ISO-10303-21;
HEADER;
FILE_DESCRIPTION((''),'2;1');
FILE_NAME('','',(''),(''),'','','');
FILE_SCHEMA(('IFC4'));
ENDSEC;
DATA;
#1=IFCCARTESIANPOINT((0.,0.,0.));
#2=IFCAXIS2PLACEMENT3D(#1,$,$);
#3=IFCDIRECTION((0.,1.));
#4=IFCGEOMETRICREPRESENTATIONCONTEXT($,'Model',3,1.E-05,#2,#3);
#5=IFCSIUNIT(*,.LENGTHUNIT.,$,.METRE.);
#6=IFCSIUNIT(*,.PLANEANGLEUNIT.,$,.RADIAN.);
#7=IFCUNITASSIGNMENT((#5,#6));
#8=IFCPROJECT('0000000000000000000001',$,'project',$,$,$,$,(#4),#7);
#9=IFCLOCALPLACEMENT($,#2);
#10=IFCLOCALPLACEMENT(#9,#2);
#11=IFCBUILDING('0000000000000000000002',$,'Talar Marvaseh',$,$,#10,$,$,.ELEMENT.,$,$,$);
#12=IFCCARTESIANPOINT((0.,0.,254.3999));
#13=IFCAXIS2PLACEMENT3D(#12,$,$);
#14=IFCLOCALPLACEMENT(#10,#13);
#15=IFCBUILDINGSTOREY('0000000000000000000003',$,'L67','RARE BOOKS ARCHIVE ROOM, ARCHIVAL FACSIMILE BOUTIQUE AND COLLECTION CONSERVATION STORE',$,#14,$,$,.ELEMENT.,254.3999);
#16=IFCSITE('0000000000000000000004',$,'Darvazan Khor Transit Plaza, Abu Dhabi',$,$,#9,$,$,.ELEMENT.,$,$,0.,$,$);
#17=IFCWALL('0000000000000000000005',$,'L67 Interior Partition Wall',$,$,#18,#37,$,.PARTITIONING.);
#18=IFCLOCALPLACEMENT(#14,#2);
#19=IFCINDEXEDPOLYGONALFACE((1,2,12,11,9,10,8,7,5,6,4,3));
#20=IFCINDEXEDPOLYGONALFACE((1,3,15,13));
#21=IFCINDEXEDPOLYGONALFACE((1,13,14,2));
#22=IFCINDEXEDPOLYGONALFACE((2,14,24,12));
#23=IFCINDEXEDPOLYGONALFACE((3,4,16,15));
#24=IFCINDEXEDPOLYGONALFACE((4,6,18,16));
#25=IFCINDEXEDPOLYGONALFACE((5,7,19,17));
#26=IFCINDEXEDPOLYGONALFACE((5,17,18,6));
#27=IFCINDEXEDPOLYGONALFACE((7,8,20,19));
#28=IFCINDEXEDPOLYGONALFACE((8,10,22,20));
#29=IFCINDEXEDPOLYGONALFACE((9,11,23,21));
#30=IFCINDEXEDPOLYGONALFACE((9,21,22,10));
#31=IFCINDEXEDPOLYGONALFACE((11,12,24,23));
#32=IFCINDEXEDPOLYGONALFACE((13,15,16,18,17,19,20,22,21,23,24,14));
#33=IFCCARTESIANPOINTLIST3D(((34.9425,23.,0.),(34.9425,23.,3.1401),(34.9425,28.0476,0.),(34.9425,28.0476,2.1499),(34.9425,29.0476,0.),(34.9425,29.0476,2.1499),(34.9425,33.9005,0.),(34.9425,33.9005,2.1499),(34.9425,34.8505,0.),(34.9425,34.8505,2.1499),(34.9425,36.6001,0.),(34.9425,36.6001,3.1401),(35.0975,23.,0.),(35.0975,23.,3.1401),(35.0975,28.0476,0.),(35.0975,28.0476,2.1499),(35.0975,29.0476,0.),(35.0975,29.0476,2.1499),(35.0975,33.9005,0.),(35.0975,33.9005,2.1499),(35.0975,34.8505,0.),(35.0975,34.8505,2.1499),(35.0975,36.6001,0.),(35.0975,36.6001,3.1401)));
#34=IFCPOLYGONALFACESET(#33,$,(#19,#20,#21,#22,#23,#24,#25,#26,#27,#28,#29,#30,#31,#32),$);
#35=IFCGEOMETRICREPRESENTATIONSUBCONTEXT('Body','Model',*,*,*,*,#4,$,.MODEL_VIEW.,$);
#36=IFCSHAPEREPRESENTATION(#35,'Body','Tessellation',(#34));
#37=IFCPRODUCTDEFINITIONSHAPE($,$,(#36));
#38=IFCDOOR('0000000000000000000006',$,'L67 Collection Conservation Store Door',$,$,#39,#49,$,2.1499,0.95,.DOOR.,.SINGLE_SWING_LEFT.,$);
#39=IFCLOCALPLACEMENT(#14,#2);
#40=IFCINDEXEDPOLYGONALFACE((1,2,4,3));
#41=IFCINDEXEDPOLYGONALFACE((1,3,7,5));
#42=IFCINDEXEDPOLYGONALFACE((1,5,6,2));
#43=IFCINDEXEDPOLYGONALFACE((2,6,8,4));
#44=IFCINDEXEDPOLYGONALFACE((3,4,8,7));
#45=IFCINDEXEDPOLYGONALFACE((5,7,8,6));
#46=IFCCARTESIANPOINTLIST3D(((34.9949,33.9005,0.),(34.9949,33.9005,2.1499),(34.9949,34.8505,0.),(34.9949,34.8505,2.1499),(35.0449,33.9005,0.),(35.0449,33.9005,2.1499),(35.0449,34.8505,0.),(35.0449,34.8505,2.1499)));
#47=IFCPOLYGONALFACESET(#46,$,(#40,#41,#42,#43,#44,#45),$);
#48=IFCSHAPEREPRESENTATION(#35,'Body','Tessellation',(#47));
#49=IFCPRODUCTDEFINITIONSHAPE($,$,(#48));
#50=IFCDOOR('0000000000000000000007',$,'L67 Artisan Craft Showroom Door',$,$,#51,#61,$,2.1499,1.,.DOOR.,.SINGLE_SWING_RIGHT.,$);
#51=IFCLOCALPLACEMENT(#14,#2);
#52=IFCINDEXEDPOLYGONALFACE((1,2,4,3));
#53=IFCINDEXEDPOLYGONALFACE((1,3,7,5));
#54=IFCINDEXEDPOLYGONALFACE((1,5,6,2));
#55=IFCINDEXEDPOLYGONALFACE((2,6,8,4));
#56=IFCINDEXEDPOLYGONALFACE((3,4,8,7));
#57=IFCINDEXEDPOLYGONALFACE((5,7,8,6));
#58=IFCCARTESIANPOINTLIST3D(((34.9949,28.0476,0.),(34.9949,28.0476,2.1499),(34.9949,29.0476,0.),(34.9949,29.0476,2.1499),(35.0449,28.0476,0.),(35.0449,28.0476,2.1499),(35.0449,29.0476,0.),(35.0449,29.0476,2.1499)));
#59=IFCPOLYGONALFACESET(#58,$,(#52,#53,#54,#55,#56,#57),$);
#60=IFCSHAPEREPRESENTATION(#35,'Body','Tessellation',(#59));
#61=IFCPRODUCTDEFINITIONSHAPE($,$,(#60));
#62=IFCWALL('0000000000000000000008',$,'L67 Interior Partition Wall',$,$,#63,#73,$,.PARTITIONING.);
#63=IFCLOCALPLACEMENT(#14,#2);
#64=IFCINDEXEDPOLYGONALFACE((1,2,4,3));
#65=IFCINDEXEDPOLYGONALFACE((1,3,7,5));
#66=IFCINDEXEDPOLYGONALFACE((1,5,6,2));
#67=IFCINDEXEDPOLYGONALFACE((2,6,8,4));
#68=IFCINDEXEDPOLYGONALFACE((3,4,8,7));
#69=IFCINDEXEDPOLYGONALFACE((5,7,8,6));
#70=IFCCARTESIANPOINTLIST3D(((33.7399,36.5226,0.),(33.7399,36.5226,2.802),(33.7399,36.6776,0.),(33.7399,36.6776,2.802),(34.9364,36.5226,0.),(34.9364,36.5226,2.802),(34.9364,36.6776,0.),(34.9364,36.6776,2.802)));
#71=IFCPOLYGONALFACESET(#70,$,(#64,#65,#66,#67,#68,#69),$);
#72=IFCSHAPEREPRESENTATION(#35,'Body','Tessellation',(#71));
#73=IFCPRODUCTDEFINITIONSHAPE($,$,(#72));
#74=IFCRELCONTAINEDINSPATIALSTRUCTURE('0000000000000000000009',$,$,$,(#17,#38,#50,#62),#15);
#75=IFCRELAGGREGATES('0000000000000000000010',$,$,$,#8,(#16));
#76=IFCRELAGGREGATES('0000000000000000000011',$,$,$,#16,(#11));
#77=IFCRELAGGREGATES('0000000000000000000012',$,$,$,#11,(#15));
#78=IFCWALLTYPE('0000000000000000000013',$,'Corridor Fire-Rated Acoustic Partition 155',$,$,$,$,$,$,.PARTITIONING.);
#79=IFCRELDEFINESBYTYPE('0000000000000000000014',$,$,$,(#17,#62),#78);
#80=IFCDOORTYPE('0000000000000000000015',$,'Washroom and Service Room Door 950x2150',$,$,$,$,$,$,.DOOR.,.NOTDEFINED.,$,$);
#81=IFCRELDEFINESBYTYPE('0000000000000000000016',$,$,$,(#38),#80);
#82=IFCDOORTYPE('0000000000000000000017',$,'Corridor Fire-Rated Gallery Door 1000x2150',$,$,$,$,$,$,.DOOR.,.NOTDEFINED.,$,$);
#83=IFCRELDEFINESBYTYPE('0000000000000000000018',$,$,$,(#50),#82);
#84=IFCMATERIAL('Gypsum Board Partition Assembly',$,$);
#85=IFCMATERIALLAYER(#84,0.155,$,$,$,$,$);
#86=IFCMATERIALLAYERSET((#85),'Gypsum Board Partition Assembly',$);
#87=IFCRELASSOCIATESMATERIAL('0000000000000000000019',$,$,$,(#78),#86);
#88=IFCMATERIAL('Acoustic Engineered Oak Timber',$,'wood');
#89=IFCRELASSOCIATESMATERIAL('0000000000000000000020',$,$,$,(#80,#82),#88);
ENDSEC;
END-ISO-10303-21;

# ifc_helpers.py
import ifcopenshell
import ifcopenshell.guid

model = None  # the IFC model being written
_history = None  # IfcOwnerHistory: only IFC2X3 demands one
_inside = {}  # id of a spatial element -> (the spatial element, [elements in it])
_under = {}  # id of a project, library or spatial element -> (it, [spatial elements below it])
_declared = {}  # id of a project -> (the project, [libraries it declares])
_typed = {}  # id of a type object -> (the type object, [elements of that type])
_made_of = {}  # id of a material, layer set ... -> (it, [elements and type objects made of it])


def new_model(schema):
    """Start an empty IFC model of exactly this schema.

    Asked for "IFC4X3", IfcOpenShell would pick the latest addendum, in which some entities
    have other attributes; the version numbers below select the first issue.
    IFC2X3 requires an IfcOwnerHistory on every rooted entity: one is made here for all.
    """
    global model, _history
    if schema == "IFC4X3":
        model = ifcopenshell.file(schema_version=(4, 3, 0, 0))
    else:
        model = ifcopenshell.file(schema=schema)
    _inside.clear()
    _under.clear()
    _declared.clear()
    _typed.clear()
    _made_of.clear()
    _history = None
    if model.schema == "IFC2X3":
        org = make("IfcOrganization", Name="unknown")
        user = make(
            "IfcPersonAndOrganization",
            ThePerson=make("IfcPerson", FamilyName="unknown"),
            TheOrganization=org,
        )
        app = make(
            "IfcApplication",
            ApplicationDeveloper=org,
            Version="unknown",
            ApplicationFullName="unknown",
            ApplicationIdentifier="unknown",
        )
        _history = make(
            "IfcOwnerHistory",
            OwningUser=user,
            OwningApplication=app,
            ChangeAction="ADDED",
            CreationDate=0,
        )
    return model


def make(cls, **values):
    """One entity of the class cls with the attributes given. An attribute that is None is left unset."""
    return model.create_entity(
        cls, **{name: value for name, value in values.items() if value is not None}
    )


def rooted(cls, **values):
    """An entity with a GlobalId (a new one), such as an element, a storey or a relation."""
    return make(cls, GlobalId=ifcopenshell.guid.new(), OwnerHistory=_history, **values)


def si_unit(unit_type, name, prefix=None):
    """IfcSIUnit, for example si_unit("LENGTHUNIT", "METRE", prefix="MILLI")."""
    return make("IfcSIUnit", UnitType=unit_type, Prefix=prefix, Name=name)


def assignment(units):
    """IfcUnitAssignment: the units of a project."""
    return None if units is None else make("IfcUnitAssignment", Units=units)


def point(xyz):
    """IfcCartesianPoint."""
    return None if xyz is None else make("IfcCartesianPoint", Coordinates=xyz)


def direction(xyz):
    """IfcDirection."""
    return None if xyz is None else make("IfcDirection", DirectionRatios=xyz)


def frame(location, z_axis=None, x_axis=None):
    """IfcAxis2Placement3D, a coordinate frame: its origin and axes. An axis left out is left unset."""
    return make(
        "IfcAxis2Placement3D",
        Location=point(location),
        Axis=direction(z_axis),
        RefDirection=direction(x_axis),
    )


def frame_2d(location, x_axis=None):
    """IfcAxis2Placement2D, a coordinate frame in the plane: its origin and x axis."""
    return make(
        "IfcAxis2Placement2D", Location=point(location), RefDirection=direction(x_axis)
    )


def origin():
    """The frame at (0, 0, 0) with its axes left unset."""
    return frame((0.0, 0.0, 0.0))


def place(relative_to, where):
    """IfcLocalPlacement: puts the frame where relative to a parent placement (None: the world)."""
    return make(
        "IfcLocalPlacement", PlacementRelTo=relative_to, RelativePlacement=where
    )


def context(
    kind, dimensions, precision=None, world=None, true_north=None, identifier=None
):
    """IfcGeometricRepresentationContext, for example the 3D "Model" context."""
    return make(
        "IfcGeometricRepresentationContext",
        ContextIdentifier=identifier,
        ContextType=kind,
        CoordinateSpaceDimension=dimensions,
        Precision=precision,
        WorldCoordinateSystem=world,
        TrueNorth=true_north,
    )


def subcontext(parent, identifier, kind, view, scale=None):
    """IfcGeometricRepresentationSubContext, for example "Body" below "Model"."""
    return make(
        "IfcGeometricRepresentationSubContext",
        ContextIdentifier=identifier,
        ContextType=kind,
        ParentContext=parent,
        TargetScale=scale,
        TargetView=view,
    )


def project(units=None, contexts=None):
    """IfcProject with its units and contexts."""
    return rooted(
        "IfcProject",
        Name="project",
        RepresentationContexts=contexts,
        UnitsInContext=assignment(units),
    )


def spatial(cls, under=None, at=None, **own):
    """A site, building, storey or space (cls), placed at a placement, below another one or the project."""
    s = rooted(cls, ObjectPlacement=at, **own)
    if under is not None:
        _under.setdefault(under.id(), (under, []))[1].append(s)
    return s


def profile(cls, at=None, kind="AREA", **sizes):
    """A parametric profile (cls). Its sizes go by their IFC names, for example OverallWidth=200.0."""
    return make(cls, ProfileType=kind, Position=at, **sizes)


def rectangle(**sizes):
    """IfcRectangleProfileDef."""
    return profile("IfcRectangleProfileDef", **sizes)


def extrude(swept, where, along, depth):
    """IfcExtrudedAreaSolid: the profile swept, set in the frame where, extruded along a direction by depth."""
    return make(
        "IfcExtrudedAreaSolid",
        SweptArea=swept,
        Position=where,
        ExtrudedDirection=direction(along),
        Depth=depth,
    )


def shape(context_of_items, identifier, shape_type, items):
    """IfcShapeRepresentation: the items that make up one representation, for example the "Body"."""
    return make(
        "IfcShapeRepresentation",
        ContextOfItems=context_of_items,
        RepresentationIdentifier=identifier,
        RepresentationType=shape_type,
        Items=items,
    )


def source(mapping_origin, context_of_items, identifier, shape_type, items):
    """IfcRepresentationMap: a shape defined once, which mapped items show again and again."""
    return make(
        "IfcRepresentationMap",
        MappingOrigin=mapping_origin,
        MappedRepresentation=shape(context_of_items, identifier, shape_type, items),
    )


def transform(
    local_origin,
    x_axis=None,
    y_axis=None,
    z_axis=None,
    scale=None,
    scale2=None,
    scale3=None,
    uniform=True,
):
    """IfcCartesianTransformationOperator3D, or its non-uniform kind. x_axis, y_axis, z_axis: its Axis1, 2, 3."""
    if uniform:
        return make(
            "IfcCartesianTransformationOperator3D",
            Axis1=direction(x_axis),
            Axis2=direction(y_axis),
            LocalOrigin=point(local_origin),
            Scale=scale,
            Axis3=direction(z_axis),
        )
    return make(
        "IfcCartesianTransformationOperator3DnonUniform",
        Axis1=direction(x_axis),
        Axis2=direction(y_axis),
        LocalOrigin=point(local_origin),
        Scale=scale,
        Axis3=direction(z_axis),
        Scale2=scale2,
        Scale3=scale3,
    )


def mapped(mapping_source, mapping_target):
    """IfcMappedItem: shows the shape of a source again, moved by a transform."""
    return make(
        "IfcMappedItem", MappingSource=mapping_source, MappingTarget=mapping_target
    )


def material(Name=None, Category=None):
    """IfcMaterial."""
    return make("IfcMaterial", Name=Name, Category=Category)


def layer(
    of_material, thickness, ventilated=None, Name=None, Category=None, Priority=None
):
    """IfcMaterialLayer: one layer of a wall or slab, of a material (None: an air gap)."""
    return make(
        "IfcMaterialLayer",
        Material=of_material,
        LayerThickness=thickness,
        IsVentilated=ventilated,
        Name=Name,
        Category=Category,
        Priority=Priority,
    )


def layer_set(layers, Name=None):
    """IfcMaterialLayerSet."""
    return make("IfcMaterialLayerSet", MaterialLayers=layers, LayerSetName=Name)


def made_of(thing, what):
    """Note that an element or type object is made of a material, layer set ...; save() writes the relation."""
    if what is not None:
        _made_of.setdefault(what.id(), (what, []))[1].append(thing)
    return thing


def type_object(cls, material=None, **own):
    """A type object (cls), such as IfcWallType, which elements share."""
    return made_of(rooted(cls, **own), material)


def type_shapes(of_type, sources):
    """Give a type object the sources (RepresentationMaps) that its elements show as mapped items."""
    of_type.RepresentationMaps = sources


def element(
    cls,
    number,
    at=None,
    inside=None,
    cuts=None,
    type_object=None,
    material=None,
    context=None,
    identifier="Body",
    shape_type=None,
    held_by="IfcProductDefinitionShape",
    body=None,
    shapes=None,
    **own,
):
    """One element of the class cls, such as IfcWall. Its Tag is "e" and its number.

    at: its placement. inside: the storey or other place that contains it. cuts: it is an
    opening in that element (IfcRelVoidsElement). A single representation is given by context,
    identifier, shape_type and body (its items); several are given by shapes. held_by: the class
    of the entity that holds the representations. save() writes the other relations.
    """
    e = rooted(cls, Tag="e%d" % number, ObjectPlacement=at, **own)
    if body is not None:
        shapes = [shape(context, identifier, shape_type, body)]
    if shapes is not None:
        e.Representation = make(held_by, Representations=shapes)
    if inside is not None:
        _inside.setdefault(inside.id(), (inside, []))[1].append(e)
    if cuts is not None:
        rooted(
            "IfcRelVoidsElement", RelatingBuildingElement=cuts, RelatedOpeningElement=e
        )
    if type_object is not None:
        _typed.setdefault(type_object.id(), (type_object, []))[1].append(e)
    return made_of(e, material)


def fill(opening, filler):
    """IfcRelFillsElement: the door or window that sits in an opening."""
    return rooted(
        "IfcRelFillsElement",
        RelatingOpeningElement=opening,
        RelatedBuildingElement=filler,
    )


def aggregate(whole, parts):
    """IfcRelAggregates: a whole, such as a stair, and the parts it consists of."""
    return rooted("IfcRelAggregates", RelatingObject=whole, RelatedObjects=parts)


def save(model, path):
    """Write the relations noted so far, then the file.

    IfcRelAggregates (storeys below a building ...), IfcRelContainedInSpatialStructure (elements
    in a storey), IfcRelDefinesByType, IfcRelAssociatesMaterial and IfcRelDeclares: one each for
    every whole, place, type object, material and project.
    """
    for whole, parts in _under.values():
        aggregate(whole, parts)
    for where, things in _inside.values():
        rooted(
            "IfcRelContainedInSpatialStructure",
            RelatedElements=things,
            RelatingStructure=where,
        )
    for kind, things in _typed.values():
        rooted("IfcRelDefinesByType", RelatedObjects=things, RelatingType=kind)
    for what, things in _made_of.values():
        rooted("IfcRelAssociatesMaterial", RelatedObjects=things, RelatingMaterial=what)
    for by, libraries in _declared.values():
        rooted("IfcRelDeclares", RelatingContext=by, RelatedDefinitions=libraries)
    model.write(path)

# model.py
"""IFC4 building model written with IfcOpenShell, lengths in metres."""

from ifc_helpers import new_model, si_unit, direction, frame, frame_2d, origin, place, context, subcontext, project, spatial, rectangle, extrude, source, transform, mapped, material, layer, layer_set, type_object, type_shapes, element, fill, save


model = new_model("IFC4")

# Units and contexts
model_context = context("Model", 3, precision=1e-05, world=origin(), true_north=direction((0.0, 1.0)))
body_context = subcontext(model_context, "Body", "Model", "MODEL_VIEW")
ifc_project = project(units=[si_unit("LENGTHUNIT", "METRE"), si_unit("PLANEANGLEUNIT", "RADIAN")], contexts=[model_context])

# Site, building, storey
site_placement = place(None, origin())
site = spatial("IfcSite", under=ifc_project, at=site_placement, Name="Darvazan Khor Transit Plaza, Abu Dhabi", CompositionType="ELEMENT", RefElevation=0.0)
building_placement = place(site_placement, origin())
building = spatial("IfcBuilding", under=site, at=building_placement, Name="Talar Marvaseh", CompositionType="ELEMENT")
storey_placement = place(building_placement, frame((0.0, 0.0, 254.3999)))
storey = spatial("IfcBuildingStorey", under=building, at=storey_placement, Name="L67", Description="RARE BOOKS ARCHIVE ROOM, ARCHIVAL FACSIMILE BOUTIQUE AND COLLECTION CONSERVATION STORE", CompositionType="ELEMENT", Elevation=254.3999)

# Wall, openings, doors
ifc_material_1 = material(Name="Gypsum Board Partition Assembly")
ifc_layer_1 = layer(ifc_material_1, 0.155)
ifc_layer_set_1 = layer_set([ifc_layer_1], Name="Gypsum Board Partition Assembly")
wall_type_1 = type_object("IfcWallType", Name="Corridor Fire-Rated Acoustic Partition 155", PredefinedType="PARTITIONING", material=ifc_layer_set_1)
wall_1_placement = place(storey_placement, frame((35.02, 36.6001, 0.0), z_axis=(0.0, 0.0, 1.0), x_axis=(0.0, -1.0, 0.0)))
wall_1 = element("IfcWall", 1, at=wall_1_placement, inside=storey, type_object=wall_type_1, Name="L67 Interior Partition Wall", PredefinedType="PARTITIONING", context=body_context, shape_type="SweptSolid", body=[
    extrude(rectangle(XDim=13.6001, YDim=0.155, at=frame_2d((6.8, 0.0))), origin(), (0.0, 0.0, 1.0), 3.1401),
])
opening_1_placement = place(wall_1_placement, frame((7.5525, 0.0, 0.0)))
opening_1 = element("IfcOpeningElement", 2, at=opening_1_placement, cuts=wall_1, PredefinedType="OPENING", context=body_context, shape_type="SweptSolid", body=[
    extrude(rectangle(XDim=1.0, YDim=2.1499, at=frame_2d((0.5, 1.075))), frame((0.0, 0.0874, 0.0), z_axis=(0.0, -1.0, 0.0), x_axis=(1.0, 0.0, 0.0)), (0.0, 0.0, 1.0), 0.175),
])
opening_2_placement = place(wall_1_placement, frame((1.7495, 0.0, 0.0)))
opening_2 = element("IfcOpeningElement", 3, at=opening_2_placement, cuts=wall_1, PredefinedType="OPENING", context=body_context, shape_type="SweptSolid", body=[
    extrude(rectangle(XDim=0.95, YDim=2.1499, at=frame_2d((0.4751, 1.075))), frame((0.0, 0.0874, 0.0), z_axis=(0.0, -1.0, 0.0), x_axis=(1.0, 0.0, 0.0)), (0.0, 0.0, 1.0), 0.175),
])
ifc_material_2 = material(Name="Acoustic Engineered Oak Timber", Category="wood")
door_type_1 = type_object("IfcDoorType", Name="Washroom and Service Room Door 950x2150", OperationType="NOTDEFINED", PredefinedType="DOOR", material=ifc_material_2)
shared_shape_1 = source(origin(), body_context, "Body", "SweptSolid", [
    extrude(rectangle(XDim=0.95, YDim=2.1499, at=frame_2d((0.4751, 1.075))), frame((0.0, 0.0249, 0.0), z_axis=(0.0, -1.0, 0.0), x_axis=(1.0, 0.0, 0.0)), (0.0, 0.0, 1.0), 0.05),
])
type_shapes(door_type_1, [shared_shape_1])
door_1_placement = place(opening_2_placement, origin())
door_1 = element("IfcDoor", 4, at=door_1_placement, inside=storey, type_object=door_type_1, Name="L67 Collection Conservation Store Door", OperationType="SINGLE_SWING_LEFT", OverallHeight=2.1499, OverallWidth=0.95, PredefinedType="DOOR", context=body_context, shape_type="MappedRepresentation", body=[
    mapped(shared_shape_1, transform((0.0, 0.0, 0.0), x_axis=(1.0, 0.0, 0.0), y_axis=(0.0, 1.0, 0.0), z_axis=(0.0, 0.0, 1.0), scale=1.0)),
])
fill(opening_2, door_1)
door_type_2 = type_object("IfcDoorType", Name="Corridor Fire-Rated Gallery Door 1000x2150", OperationType="NOTDEFINED", PredefinedType="DOOR", material=ifc_material_2)
shared_shape_2 = source(origin(), body_context, "Body", "SweptSolid", [
    extrude(rectangle(XDim=1.0, YDim=2.1499, at=frame_2d((0.5, 1.075))), frame((0.0, 0.0249, 0.0), z_axis=(0.0, -1.0, 0.0), x_axis=(1.0, 0.0, 0.0)), (0.0, 0.0, 1.0), 0.05),
])
type_shapes(door_type_2, [shared_shape_2])
door_2_placement = place(opening_1_placement, origin())
door_2 = element("IfcDoor", 5, at=door_2_placement, inside=storey, type_object=door_type_2, Name="L67 Artisan Craft Showroom Door", OperationType="SINGLE_SWING_RIGHT", OverallHeight=2.1499, OverallWidth=1.0, PredefinedType="DOOR", context=body_context, shape_type="MappedRepresentation", body=[
    mapped(shared_shape_2, transform((0.0, 0.0, 0.0), x_axis=(1.0, 0.0, 0.0), y_axis=(0.0, 1.0, 0.0), z_axis=(0.0, 0.0, 1.0), scale=1.0)),
])
fill(opening_1, door_2)

# Wall
wall_2_placement = place(storey_placement, frame((33.74, 36.6001, 0.0), z_axis=(0.0, 0.0, 1.0), x_axis=(1.0, 0.0, 0.0)))
element("IfcWall", 6, at=wall_2_placement, inside=storey, type_object=wall_type_1, Name="L67 Interior Partition Wall", PredefinedType="PARTITIONING", context=body_context, shape_type="SweptSolid", body=[
    extrude(rectangle(XDim=1.1965, YDim=0.155, at=frame_2d((0.5981, 0.0))), origin(), (0.0, 0.0, 1.0), 2.802),
])

save(model, "model.ifc")
